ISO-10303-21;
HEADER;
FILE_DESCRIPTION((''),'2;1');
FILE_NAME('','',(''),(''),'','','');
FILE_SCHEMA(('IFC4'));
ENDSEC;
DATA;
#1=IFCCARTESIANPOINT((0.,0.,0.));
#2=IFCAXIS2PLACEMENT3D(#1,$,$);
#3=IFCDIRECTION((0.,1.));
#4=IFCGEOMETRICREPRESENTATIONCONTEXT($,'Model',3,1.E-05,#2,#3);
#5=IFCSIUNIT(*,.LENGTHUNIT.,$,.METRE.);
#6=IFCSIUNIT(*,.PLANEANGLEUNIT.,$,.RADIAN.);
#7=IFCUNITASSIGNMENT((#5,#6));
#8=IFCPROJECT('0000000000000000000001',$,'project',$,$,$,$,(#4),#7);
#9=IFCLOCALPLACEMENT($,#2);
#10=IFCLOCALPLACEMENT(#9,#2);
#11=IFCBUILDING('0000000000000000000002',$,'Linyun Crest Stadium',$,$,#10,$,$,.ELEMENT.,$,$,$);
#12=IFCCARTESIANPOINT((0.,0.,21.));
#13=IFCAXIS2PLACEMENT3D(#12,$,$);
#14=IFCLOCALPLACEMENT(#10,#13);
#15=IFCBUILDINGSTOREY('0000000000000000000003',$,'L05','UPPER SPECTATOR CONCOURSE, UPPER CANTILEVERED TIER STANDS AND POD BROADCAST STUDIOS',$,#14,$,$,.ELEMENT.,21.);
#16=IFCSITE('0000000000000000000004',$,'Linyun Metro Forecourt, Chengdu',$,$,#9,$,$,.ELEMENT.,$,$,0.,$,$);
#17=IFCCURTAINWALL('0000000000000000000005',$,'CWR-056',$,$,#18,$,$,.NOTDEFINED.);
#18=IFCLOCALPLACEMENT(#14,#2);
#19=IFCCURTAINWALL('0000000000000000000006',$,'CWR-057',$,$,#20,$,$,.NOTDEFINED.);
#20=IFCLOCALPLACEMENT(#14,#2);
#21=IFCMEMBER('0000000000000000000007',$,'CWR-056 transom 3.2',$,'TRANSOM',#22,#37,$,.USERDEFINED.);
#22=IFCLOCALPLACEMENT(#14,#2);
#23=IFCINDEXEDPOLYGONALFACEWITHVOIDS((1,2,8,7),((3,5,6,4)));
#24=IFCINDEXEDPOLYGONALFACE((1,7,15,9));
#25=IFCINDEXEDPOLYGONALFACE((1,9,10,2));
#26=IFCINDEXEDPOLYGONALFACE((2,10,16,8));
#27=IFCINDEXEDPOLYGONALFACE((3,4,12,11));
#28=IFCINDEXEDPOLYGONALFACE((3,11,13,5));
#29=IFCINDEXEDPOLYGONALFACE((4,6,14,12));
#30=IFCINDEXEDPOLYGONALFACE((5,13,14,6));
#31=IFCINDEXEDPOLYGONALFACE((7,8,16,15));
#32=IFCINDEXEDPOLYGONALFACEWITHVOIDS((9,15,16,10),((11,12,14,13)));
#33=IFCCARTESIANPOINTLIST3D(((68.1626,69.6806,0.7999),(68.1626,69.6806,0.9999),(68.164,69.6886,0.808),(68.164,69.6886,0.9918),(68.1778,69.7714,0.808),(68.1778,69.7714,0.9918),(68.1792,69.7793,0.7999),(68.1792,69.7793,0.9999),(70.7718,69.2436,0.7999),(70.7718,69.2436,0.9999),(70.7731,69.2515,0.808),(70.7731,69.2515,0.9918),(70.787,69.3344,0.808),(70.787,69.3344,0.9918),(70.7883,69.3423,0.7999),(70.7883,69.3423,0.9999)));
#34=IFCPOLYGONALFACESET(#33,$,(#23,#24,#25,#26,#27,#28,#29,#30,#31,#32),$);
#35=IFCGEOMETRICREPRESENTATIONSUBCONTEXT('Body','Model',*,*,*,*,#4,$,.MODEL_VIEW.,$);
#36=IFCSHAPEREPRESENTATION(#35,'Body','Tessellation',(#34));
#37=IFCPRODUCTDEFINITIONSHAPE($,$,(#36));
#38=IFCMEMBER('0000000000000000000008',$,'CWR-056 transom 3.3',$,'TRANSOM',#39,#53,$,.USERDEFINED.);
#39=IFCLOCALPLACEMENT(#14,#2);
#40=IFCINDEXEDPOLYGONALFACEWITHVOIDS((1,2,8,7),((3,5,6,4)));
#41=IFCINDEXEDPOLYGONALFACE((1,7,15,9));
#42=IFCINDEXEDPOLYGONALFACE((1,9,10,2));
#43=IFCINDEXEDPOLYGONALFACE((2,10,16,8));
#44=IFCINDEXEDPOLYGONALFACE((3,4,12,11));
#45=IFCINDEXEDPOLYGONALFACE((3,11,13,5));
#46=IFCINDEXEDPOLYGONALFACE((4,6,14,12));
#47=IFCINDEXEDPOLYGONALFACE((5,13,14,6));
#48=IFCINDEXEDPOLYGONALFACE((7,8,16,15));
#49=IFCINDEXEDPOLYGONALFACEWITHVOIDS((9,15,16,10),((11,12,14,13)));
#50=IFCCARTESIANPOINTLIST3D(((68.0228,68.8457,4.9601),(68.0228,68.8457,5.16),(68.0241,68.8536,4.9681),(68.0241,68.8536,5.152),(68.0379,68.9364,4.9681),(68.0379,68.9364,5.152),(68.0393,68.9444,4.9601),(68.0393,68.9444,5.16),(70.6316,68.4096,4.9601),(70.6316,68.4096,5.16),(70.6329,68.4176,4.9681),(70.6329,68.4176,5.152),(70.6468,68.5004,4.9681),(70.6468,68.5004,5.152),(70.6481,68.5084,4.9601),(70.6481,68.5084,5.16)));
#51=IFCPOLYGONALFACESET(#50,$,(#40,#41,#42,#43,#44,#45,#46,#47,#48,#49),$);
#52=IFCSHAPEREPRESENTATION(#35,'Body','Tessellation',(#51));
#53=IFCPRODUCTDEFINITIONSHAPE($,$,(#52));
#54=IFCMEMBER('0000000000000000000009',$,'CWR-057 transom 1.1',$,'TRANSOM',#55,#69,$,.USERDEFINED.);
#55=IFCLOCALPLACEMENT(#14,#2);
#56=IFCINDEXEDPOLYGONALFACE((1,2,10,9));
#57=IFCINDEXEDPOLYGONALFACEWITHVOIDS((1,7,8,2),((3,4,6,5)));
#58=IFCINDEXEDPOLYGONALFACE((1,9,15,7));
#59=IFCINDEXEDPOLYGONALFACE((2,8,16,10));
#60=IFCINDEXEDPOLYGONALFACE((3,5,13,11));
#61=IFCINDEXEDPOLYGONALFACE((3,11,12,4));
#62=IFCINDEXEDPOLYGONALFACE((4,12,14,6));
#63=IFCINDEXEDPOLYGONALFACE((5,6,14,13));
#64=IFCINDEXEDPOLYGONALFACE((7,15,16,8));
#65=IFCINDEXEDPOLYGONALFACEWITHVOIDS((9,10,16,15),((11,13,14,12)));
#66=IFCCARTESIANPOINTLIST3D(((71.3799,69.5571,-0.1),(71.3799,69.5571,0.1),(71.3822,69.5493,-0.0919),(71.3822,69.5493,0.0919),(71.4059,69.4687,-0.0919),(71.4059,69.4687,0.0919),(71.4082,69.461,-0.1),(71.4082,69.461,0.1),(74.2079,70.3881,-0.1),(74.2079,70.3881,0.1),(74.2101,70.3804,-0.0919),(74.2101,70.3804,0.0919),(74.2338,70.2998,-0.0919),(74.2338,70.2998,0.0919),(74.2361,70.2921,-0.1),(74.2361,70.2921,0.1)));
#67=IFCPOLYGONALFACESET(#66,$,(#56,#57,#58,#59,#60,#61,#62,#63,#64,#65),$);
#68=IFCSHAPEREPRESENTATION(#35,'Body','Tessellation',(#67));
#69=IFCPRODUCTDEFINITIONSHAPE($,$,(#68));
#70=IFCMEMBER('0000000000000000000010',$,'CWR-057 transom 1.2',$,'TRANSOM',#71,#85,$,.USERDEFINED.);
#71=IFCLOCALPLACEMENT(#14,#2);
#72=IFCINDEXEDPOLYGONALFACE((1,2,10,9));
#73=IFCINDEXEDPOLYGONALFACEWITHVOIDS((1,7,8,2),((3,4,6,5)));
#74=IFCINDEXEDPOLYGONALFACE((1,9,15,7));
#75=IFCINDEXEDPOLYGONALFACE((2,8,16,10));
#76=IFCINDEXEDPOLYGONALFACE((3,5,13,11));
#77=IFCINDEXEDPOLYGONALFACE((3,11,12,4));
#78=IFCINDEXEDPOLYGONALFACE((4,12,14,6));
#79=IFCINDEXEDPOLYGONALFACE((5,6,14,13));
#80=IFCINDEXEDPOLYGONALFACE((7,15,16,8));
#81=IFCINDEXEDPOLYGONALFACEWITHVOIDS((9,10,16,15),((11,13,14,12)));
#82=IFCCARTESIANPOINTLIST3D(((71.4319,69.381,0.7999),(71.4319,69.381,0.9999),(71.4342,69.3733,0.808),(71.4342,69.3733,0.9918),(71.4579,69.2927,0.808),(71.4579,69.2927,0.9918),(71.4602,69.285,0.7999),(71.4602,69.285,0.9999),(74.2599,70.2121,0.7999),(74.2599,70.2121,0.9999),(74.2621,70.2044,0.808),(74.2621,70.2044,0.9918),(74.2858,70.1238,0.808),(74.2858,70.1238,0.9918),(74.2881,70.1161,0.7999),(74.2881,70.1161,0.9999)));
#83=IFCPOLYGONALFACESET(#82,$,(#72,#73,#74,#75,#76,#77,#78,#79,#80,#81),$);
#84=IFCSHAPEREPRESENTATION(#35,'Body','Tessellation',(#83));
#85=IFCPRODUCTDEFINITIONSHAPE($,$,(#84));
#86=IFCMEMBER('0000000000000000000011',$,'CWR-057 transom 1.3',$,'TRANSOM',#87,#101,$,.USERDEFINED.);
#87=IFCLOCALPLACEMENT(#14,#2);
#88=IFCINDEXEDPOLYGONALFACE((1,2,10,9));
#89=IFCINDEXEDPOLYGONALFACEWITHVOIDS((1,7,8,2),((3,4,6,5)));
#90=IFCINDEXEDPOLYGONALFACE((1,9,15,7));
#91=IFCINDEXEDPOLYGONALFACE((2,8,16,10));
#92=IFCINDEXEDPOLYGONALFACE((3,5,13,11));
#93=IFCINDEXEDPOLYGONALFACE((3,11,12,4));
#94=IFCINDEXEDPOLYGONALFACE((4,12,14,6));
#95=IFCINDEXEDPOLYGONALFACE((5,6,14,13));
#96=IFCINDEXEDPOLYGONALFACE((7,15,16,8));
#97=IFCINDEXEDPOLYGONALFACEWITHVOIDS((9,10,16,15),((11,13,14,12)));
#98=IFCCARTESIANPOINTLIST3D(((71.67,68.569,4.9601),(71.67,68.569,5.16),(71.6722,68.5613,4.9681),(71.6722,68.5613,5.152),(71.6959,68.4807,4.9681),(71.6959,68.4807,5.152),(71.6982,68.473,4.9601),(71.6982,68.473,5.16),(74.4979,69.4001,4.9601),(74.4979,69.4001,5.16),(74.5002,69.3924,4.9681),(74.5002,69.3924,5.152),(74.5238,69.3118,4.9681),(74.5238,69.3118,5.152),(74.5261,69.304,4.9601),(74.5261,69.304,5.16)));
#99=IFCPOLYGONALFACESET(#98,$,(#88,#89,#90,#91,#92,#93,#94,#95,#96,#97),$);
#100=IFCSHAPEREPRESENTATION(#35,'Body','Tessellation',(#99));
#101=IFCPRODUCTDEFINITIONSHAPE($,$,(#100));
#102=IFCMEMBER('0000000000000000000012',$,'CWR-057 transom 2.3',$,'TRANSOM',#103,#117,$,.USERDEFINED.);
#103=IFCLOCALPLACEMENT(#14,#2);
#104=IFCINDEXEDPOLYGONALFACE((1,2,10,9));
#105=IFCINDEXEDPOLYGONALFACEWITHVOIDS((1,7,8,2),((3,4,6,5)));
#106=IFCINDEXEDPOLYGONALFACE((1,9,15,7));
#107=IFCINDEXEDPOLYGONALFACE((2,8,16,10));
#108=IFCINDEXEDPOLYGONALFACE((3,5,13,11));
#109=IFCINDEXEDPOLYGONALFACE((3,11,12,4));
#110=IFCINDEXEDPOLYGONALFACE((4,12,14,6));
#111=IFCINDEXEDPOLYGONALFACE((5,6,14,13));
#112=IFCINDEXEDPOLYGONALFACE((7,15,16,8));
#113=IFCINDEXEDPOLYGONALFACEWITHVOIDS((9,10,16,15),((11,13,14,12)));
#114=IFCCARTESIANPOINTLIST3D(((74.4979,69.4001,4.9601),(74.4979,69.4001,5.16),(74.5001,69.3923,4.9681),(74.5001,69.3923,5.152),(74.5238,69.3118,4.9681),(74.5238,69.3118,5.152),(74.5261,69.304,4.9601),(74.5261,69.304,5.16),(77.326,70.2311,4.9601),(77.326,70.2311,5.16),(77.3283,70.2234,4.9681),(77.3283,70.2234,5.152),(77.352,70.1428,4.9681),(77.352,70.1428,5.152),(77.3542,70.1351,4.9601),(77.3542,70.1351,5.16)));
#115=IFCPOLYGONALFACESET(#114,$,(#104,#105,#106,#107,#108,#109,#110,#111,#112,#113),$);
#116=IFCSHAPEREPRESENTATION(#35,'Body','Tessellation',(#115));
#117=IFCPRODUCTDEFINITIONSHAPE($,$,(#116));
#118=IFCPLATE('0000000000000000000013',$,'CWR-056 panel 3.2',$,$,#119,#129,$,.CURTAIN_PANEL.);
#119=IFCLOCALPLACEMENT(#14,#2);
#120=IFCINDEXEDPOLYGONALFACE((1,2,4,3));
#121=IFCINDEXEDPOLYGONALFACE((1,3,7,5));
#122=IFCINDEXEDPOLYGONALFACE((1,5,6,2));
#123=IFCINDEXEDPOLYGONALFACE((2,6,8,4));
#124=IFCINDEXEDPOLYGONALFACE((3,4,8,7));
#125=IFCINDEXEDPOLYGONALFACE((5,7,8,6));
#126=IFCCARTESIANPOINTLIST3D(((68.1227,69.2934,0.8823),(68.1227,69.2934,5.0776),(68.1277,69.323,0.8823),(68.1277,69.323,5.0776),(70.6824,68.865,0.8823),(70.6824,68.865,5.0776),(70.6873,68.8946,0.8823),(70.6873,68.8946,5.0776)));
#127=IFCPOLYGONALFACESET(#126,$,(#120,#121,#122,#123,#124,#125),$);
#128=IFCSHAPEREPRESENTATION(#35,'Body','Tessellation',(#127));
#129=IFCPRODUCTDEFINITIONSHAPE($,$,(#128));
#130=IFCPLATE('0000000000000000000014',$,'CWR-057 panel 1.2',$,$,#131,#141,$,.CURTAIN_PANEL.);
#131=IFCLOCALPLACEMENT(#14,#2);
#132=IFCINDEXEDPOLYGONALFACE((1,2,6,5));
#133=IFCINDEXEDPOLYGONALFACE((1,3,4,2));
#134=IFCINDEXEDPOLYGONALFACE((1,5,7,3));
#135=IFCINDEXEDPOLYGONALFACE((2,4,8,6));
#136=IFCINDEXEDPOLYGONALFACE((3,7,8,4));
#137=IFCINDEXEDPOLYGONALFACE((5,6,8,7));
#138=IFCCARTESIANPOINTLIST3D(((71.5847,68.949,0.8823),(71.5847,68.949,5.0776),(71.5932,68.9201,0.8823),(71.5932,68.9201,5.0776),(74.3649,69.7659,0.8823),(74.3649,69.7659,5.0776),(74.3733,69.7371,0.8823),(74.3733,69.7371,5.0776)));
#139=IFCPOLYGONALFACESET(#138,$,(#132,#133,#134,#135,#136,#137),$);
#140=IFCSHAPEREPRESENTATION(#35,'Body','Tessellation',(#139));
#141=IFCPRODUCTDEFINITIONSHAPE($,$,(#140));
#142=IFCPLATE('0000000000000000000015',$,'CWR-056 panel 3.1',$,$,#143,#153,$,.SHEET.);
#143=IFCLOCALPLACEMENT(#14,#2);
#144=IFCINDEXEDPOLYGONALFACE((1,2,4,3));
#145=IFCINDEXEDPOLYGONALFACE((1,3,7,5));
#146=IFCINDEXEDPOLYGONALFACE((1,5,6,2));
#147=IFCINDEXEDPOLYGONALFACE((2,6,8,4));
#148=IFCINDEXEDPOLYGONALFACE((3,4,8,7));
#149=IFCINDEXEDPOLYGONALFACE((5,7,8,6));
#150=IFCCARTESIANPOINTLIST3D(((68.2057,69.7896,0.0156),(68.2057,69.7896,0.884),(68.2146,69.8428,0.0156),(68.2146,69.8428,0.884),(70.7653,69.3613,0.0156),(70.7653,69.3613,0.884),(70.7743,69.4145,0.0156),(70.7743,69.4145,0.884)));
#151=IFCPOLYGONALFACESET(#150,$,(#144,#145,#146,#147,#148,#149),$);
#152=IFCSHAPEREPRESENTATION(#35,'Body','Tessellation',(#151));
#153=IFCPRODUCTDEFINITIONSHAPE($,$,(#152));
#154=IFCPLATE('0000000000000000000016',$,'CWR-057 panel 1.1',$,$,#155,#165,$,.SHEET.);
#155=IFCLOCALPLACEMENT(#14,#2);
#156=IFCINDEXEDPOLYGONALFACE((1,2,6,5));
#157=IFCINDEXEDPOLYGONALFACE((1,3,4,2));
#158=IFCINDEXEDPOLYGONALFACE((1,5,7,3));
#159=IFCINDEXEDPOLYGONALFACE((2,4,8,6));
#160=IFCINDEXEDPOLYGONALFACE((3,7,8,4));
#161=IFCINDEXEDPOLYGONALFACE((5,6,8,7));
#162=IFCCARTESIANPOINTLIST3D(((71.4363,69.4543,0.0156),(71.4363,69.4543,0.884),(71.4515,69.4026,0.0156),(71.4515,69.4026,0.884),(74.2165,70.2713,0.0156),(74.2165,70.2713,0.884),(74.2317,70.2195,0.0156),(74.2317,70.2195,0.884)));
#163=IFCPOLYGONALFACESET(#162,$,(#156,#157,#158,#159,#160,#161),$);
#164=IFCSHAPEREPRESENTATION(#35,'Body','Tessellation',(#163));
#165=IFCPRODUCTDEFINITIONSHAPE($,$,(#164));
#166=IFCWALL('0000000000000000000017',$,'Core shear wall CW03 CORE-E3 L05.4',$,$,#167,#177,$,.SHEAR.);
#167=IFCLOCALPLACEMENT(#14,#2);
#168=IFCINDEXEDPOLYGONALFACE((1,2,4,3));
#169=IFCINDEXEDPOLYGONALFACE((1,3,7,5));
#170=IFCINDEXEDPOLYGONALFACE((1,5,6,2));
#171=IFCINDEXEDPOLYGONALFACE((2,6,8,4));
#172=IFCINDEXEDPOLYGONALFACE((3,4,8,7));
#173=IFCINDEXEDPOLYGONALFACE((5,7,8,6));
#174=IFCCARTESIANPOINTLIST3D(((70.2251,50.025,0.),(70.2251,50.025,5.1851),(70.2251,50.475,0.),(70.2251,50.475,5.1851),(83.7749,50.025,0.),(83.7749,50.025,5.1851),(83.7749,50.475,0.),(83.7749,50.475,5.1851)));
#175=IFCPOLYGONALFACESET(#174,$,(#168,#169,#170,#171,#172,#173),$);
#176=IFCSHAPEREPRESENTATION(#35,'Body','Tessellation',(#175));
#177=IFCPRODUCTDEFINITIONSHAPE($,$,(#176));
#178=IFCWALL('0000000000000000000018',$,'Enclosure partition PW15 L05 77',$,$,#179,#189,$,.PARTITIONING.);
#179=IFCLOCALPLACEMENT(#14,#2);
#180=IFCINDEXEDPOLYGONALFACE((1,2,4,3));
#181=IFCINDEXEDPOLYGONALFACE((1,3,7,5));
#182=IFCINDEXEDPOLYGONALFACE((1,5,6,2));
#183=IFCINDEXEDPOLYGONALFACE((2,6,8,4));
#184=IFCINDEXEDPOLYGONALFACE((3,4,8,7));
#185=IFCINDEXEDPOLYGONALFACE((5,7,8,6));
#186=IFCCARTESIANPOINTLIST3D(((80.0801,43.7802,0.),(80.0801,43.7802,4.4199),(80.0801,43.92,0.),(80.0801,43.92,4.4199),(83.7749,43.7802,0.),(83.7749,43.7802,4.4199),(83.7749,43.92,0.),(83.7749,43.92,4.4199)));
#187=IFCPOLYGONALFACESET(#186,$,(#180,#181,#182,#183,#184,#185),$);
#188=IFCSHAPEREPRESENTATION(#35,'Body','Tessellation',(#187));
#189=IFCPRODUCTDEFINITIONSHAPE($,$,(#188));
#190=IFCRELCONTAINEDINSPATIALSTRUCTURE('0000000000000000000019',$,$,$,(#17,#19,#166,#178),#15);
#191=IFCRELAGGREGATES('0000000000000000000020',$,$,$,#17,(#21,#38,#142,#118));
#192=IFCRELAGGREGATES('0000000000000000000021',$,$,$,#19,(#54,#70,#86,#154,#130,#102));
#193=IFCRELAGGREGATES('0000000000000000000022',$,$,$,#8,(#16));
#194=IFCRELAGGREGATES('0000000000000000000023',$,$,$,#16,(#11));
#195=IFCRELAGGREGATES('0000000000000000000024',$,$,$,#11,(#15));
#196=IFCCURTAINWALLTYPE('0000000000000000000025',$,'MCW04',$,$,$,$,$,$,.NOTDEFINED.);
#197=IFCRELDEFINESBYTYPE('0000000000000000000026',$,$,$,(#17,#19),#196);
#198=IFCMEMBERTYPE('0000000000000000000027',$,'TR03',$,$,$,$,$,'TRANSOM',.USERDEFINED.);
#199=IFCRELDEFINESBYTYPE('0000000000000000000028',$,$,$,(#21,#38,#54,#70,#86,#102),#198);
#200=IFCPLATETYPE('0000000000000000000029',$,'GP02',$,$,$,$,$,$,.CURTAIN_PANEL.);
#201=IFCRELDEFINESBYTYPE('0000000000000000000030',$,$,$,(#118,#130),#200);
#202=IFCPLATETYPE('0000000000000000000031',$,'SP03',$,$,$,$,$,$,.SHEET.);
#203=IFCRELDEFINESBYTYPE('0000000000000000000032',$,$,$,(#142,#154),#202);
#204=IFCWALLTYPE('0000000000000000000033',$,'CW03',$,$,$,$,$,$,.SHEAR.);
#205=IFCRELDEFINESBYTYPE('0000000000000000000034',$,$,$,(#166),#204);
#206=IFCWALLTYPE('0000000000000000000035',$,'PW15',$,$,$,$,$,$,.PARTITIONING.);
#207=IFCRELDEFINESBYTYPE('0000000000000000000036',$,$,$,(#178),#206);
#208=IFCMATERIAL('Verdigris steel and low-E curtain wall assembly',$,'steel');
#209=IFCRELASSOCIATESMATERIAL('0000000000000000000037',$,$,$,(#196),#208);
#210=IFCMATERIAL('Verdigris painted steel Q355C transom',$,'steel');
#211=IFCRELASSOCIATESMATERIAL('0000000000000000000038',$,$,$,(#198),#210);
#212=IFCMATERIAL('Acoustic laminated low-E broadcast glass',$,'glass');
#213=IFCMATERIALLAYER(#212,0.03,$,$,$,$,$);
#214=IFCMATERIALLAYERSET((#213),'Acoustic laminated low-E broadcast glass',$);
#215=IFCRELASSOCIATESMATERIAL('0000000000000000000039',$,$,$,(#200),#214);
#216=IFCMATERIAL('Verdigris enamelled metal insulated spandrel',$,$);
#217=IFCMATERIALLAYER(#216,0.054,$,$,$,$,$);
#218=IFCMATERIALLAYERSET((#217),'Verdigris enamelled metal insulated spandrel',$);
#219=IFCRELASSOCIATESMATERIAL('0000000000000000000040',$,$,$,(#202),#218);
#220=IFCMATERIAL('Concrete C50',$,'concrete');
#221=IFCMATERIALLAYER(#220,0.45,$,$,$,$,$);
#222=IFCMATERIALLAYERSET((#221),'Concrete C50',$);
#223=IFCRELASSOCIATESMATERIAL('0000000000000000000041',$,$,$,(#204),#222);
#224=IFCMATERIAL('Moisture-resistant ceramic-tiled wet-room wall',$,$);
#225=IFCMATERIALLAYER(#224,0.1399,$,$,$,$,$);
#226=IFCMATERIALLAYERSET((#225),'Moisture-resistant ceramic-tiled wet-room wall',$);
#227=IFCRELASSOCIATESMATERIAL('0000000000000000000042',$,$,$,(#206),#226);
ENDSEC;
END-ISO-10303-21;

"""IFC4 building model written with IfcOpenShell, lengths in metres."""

from ifc_helpers import new_model, si_unit, direction, frame, frame_2d, origin, origin_2d, place, context, subcontext, project, spatial, rectangle, hollow_rectangle, extrude, material, layer, layer_set, material_profile, profile_set, type_object, element, aggregate, save


model = new_model("IFC4")

# Units and contexts
model_context = context("Model", 3, precision=1e-05, world=origin(), true_north=direction((0.0, 1.0)))
body_context = subcontext(model_context, "Body", "Model", "MODEL_VIEW")
ifc_project = project(units=[si_unit("LENGTHUNIT", "METRE"), si_unit("PLANEANGLEUNIT", "RADIAN")], contexts=[model_context])

# Site, building, storey
site_placement = place(None, origin())
site = spatial("IfcSite", under=ifc_project, at=site_placement, Name="Linyun Metro Forecourt, Chengdu", CompositionType="ELEMENT", RefElevation=0.0)
building_placement = place(site_placement, origin())
building = spatial("IfcBuilding", under=site, at=building_placement, Name="Linyun Crest Stadium", CompositionType="ELEMENT")
storey_placement = place(building_placement, frame((0.0, 0.0, 21.0)))
storey = spatial("IfcBuildingStorey", under=building, at=storey_placement, Name="L05", Description="UPPER SPECTATOR CONCOURSE, UPPER CANTILEVERED TIER STANDS AND POD BROADCAST STUDIOS", CompositionType="ELEMENT", Elevation=21.0)

# Curtain wall
ifc_material_1 = material(Name="Verdigris steel and low-E curtain wall assembly", Category="steel")
curtain_wall_type = type_object("IfcCurtainWallType", Name="MCW04", PredefinedType="NOTDEFINED", material=ifc_material_1)
curtain_wall_1_placement = place(storey_placement, origin())
curtain_wall_1 = element("IfcCurtainWall", 1, at=curtain_wall_1_placement, inside=storey, type_object=curtain_wall_type, Name="CWR-056", PredefinedType="NOTDEFINED")

# Curtain wall
curtain_wall_2_placement = place(storey_placement, origin())
curtain_wall_2 = element("IfcCurtainWall", 2, at=curtain_wall_2_placement, inside=storey, type_object=curtain_wall_type, Name="CWR-057", PredefinedType="NOTDEFINED")

# Members
ifc_material_2 = material(Name="Verdigris painted steel Q355C transom", Category="steel")
ifc_material_profile_1 = material_profile(ifc_material_2, hollow_rectangle(XDim=0.1001, YDim=0.2, WallThickness=0.0081, at=origin_2d()), Name="RHS 200x100x8")
ifc_profile_set_1 = profile_set([ifc_material_profile_1], Name="Verdigris painted steel Q355C transom")
member_type_1 = type_object("IfcMemberType", Name="TR03", ElementType="TRANSOM", PredefinedType="USERDEFINED", material=ifc_profile_set_1)
member_1_placement = place(storey_placement, frame((68.1709, 69.73, 0.8999), z_axis=(0.986261, -0.165192, 0.0), x_axis=(0.165192, 0.986261, 0.0)))
member_1 = element("IfcMember", 3, at=member_1_placement, type_object=member_type_1, Name="CWR-056 transom 3.2", ObjectType="TRANSOM", PredefinedType="USERDEFINED", context=body_context, shape_type="SweptSolid", body=[
    extrude(hollow_rectangle(XDim=0.1001, YDim=0.2, WallThickness=0.0081, at=origin_2d()), origin(), (0.0, 0.0, 1.0), 2.6455),
])
member_2_placement = place(storey_placement, frame((68.031, 68.895, 5.0601), z_axis=(0.986319, -0.164848, 0.0), x_axis=(0.164848, 0.986319, 0.0)))
member_2 = element("IfcMember", 4, at=member_2_placement, type_object=member_type_1, Name="CWR-056 transom 3.3", ObjectType="TRANSOM", PredefinedType="USERDEFINED", context=body_context, shape_type="SweptSolid", body=[
    extrude(hollow_rectangle(XDim=0.1001, YDim=0.2, WallThickness=0.0081, at=origin_2d()), origin(), (0.0, 0.0, 1.0), 2.645),
])
member_3_placement = place(storey_placement, frame((71.394, 69.509, 0.0), z_axis=(0.959427, 0.281956, 0.0), x_axis=(-0.281956, 0.959427, 0.0)))
member_3 = element("IfcMember", 5, at=member_3_placement, type_object=member_type_1, Name="CWR-057 transom 1.1", ObjectType="TRANSOM", PredefinedType="USERDEFINED", context=body_context, shape_type="SweptSolid", body=[
    extrude(hollow_rectangle(XDim=0.1001, YDim=0.2, WallThickness=0.0081, at=origin_2d()), origin(), (0.0, 0.0, 1.0), 2.9475),
])
member_4_placement = place(storey_placement, frame((71.446, 69.333, 0.8999), z_axis=(0.959427, 0.281956, 0.0), x_axis=(-0.281956, 0.959427, 0.0)))
member_4 = element("IfcMember", 6, at=member_4_placement, type_object=member_type_1, Name="CWR-057 transom 1.2", ObjectType="TRANSOM", PredefinedType="USERDEFINED", context=body_context, shape_type="SweptSolid", body=[
    extrude(hollow_rectangle(XDim=0.1001, YDim=0.2, WallThickness=0.0081, at=origin_2d()), origin(), (0.0, 0.0, 1.0), 2.9475),
])
member_5_placement = place(storey_placement, frame((71.6841, 68.521, 5.0601), z_axis=(0.959427, 0.281956, 0.0), x_axis=(-0.281956, 0.959427, 0.0)))
member_5 = element("IfcMember", 7, at=member_5_placement, type_object=member_type_1, Name="CWR-057 transom 1.3", ObjectType="TRANSOM", PredefinedType="USERDEFINED", context=body_context, shape_type="SweptSolid", body=[
    extrude(hollow_rectangle(XDim=0.1001, YDim=0.2, WallThickness=0.0081, at=origin_2d()), origin(), (0.0, 0.0, 1.0), 2.9475),
])
member_6_placement = place(storey_placement, frame((74.512, 69.3521, 5.0601), z_axis=(0.959434, 0.281933, 0.0), x_axis=(-0.281933, 0.959434, 0.0)))
member_6 = element("IfcMember", 8, at=member_6_placement, type_object=member_type_1, Name="CWR-057 transom 2.3", ObjectType="TRANSOM", PredefinedType="USERDEFINED", context=body_context, shape_type="SweptSolid", body=[
    extrude(hollow_rectangle(XDim=0.1001, YDim=0.2, WallThickness=0.0081, at=origin_2d()), origin(), (0.0, 0.0, 1.0), 2.9478),
])

# Plates
ifc_material_3 = material(Name="Acoustic laminated low-E broadcast glass", Category="glass")
ifc_layer_1 = layer(ifc_material_3, 0.03)
ifc_layer_set_1 = layer_set([ifc_layer_1], Name="Acoustic laminated low-E broadcast glass")
plate_type_1 = type_object("IfcPlateType", Name="GP02", PredefinedType="CURTAIN_PANEL", material=ifc_layer_set_1)
plate_1_placement = place(storey_placement, frame((69.405, 69.094, 0.8823), z_axis=(0.0, 0.0, 1.0), x_axis=(0.986283, -0.165065, 0.0)))
plate_1 = element("IfcPlate", 9, at=plate_1_placement, type_object=plate_type_1, Name="CWR-056 panel 3.2", PredefinedType="CURTAIN_PANEL", context=body_context, shape_type="SweptSolid", body=[
    extrude(rectangle(XDim=2.5952, YDim=0.03, at=origin_2d()), origin(), (0.0, 0.0, 1.0), 4.1953),
])
plate_2_placement = place(storey_placement, frame((72.979, 69.343, 0.8823), z_axis=(0.0, 0.0, 1.0), x_axis=(0.959437, 0.281923, 0.0)))
plate_2 = element("IfcPlate", 10, at=plate_2_placement, type_object=plate_type_1, Name="CWR-057 panel 1.2", PredefinedType="CURTAIN_PANEL", context=body_context, shape_type="SweptSolid", body=[
    extrude(rectangle(XDim=2.8977, YDim=0.03, at=origin_2d()), origin(), (0.0, 0.0, 1.0), 4.1953),
])
ifc_material_4 = material(Name="Verdigris enamelled metal insulated spandrel")
ifc_layer_2 = layer(ifc_material_4, 0.054)
ifc_layer_set_2 = layer_set([ifc_layer_2], Name="Verdigris enamelled metal insulated spandrel")
plate_type_2 = type_object("IfcPlateType", Name="SP03", PredefinedType="SHEET", material=ifc_layer_set_2)
plate_3_placement = place(storey_placement, frame((69.49, 69.6021, 0.0156), z_axis=(0.0, 0.0, 1.0), x_axis=(0.986283, -0.165065, 0.0)))
plate_3 = element("IfcPlate", 11, at=plate_3_placement, type_object=plate_type_2, Name="CWR-056 panel 3.1", PredefinedType="SHEET", context=body_context, shape_type="SweptSolid", body=[
    extrude(rectangle(XDim=2.5952, YDim=0.054, at=origin_2d()), origin(), (0.0, 0.0, 1.0), 0.8684),
])
aggregate(curtain_wall_1, [member_1, member_2, plate_3, plate_1])
plate_4_placement = place(storey_placement, frame((72.834, 69.8369, 0.0156), z_axis=(0.0, 0.0, 1.0), x_axis=(0.959437, 0.281923, 0.0)))
plate_4 = element("IfcPlate", 12, at=plate_4_placement, type_object=plate_type_2, Name="CWR-057 panel 1.1", PredefinedType="SHEET", context=body_context, shape_type="SweptSolid", body=[
    extrude(rectangle(XDim=2.8977, YDim=0.054, at=origin_2d()), origin(), (0.0, 0.0, 1.0), 0.8684),
])
aggregate(curtain_wall_2, [member_3, member_4, member_5, plate_4, plate_2, member_6])

# Wall
ifc_material_5 = material(Name="Concrete C50", Category="concrete")
ifc_layer_3 = layer(ifc_material_5, 0.45)
ifc_layer_set_3 = layer_set([ifc_layer_3], Name="Concrete C50")
wall_type_1 = type_object("IfcWallType", Name="CW03", PredefinedType="SHEAR", material=ifc_layer_set_3)
wall_1_placement = place(storey_placement, frame((70.2251, 50.25, 0.0), z_axis=(0.0, 0.0, 1.0), x_axis=(1.0, 0.0, 0.0)))
element("IfcWall", 13, at=wall_1_placement, inside=storey, type_object=wall_type_1, Name="Core shear wall CW03 CORE-E3 L05.4", PredefinedType="SHEAR", context=body_context, shape_type="SweptSolid", body=[
    extrude(rectangle(XDim=13.5498, YDim=0.45, at=frame_2d((6.7749, 0.0))), origin(), (0.0, 0.0, 1.0), 5.1851),
])

# Shared definitions
ifc_material_6 = material(Name="Moisture-resistant ceramic-tiled wet-room wall")
ifc_layer_4 = layer(ifc_material_6, 0.1399)
ifc_layer_set_4 = layer_set([ifc_layer_4], Name="Moisture-resistant ceramic-tiled wet-room wall")
wall_type_2 = type_object("IfcWallType", Name="PW15", PredefinedType="PARTITIONING", material=ifc_layer_set_4)

# Wall
wall_2_placement = place(storey_placement, frame((80.0801, 43.8501, 0.0), z_axis=(0.0, 0.0, 1.0), x_axis=(1.0, 0.0, 0.0)))
element("IfcWall", 14, at=wall_2_placement, inside=storey, type_object=wall_type_2, Name="Enclosure partition PW15 L05 77", PredefinedType="PARTITIONING", context=body_context, shape_type="SweptSolid", body=[
    extrude(rectangle(XDim=3.6948, YDim=0.1399, at=frame_2d((1.8474, 0.0))), origin(), (0.0, 0.0, 1.0), 4.4199),
])

save(model, "model.ifc")
